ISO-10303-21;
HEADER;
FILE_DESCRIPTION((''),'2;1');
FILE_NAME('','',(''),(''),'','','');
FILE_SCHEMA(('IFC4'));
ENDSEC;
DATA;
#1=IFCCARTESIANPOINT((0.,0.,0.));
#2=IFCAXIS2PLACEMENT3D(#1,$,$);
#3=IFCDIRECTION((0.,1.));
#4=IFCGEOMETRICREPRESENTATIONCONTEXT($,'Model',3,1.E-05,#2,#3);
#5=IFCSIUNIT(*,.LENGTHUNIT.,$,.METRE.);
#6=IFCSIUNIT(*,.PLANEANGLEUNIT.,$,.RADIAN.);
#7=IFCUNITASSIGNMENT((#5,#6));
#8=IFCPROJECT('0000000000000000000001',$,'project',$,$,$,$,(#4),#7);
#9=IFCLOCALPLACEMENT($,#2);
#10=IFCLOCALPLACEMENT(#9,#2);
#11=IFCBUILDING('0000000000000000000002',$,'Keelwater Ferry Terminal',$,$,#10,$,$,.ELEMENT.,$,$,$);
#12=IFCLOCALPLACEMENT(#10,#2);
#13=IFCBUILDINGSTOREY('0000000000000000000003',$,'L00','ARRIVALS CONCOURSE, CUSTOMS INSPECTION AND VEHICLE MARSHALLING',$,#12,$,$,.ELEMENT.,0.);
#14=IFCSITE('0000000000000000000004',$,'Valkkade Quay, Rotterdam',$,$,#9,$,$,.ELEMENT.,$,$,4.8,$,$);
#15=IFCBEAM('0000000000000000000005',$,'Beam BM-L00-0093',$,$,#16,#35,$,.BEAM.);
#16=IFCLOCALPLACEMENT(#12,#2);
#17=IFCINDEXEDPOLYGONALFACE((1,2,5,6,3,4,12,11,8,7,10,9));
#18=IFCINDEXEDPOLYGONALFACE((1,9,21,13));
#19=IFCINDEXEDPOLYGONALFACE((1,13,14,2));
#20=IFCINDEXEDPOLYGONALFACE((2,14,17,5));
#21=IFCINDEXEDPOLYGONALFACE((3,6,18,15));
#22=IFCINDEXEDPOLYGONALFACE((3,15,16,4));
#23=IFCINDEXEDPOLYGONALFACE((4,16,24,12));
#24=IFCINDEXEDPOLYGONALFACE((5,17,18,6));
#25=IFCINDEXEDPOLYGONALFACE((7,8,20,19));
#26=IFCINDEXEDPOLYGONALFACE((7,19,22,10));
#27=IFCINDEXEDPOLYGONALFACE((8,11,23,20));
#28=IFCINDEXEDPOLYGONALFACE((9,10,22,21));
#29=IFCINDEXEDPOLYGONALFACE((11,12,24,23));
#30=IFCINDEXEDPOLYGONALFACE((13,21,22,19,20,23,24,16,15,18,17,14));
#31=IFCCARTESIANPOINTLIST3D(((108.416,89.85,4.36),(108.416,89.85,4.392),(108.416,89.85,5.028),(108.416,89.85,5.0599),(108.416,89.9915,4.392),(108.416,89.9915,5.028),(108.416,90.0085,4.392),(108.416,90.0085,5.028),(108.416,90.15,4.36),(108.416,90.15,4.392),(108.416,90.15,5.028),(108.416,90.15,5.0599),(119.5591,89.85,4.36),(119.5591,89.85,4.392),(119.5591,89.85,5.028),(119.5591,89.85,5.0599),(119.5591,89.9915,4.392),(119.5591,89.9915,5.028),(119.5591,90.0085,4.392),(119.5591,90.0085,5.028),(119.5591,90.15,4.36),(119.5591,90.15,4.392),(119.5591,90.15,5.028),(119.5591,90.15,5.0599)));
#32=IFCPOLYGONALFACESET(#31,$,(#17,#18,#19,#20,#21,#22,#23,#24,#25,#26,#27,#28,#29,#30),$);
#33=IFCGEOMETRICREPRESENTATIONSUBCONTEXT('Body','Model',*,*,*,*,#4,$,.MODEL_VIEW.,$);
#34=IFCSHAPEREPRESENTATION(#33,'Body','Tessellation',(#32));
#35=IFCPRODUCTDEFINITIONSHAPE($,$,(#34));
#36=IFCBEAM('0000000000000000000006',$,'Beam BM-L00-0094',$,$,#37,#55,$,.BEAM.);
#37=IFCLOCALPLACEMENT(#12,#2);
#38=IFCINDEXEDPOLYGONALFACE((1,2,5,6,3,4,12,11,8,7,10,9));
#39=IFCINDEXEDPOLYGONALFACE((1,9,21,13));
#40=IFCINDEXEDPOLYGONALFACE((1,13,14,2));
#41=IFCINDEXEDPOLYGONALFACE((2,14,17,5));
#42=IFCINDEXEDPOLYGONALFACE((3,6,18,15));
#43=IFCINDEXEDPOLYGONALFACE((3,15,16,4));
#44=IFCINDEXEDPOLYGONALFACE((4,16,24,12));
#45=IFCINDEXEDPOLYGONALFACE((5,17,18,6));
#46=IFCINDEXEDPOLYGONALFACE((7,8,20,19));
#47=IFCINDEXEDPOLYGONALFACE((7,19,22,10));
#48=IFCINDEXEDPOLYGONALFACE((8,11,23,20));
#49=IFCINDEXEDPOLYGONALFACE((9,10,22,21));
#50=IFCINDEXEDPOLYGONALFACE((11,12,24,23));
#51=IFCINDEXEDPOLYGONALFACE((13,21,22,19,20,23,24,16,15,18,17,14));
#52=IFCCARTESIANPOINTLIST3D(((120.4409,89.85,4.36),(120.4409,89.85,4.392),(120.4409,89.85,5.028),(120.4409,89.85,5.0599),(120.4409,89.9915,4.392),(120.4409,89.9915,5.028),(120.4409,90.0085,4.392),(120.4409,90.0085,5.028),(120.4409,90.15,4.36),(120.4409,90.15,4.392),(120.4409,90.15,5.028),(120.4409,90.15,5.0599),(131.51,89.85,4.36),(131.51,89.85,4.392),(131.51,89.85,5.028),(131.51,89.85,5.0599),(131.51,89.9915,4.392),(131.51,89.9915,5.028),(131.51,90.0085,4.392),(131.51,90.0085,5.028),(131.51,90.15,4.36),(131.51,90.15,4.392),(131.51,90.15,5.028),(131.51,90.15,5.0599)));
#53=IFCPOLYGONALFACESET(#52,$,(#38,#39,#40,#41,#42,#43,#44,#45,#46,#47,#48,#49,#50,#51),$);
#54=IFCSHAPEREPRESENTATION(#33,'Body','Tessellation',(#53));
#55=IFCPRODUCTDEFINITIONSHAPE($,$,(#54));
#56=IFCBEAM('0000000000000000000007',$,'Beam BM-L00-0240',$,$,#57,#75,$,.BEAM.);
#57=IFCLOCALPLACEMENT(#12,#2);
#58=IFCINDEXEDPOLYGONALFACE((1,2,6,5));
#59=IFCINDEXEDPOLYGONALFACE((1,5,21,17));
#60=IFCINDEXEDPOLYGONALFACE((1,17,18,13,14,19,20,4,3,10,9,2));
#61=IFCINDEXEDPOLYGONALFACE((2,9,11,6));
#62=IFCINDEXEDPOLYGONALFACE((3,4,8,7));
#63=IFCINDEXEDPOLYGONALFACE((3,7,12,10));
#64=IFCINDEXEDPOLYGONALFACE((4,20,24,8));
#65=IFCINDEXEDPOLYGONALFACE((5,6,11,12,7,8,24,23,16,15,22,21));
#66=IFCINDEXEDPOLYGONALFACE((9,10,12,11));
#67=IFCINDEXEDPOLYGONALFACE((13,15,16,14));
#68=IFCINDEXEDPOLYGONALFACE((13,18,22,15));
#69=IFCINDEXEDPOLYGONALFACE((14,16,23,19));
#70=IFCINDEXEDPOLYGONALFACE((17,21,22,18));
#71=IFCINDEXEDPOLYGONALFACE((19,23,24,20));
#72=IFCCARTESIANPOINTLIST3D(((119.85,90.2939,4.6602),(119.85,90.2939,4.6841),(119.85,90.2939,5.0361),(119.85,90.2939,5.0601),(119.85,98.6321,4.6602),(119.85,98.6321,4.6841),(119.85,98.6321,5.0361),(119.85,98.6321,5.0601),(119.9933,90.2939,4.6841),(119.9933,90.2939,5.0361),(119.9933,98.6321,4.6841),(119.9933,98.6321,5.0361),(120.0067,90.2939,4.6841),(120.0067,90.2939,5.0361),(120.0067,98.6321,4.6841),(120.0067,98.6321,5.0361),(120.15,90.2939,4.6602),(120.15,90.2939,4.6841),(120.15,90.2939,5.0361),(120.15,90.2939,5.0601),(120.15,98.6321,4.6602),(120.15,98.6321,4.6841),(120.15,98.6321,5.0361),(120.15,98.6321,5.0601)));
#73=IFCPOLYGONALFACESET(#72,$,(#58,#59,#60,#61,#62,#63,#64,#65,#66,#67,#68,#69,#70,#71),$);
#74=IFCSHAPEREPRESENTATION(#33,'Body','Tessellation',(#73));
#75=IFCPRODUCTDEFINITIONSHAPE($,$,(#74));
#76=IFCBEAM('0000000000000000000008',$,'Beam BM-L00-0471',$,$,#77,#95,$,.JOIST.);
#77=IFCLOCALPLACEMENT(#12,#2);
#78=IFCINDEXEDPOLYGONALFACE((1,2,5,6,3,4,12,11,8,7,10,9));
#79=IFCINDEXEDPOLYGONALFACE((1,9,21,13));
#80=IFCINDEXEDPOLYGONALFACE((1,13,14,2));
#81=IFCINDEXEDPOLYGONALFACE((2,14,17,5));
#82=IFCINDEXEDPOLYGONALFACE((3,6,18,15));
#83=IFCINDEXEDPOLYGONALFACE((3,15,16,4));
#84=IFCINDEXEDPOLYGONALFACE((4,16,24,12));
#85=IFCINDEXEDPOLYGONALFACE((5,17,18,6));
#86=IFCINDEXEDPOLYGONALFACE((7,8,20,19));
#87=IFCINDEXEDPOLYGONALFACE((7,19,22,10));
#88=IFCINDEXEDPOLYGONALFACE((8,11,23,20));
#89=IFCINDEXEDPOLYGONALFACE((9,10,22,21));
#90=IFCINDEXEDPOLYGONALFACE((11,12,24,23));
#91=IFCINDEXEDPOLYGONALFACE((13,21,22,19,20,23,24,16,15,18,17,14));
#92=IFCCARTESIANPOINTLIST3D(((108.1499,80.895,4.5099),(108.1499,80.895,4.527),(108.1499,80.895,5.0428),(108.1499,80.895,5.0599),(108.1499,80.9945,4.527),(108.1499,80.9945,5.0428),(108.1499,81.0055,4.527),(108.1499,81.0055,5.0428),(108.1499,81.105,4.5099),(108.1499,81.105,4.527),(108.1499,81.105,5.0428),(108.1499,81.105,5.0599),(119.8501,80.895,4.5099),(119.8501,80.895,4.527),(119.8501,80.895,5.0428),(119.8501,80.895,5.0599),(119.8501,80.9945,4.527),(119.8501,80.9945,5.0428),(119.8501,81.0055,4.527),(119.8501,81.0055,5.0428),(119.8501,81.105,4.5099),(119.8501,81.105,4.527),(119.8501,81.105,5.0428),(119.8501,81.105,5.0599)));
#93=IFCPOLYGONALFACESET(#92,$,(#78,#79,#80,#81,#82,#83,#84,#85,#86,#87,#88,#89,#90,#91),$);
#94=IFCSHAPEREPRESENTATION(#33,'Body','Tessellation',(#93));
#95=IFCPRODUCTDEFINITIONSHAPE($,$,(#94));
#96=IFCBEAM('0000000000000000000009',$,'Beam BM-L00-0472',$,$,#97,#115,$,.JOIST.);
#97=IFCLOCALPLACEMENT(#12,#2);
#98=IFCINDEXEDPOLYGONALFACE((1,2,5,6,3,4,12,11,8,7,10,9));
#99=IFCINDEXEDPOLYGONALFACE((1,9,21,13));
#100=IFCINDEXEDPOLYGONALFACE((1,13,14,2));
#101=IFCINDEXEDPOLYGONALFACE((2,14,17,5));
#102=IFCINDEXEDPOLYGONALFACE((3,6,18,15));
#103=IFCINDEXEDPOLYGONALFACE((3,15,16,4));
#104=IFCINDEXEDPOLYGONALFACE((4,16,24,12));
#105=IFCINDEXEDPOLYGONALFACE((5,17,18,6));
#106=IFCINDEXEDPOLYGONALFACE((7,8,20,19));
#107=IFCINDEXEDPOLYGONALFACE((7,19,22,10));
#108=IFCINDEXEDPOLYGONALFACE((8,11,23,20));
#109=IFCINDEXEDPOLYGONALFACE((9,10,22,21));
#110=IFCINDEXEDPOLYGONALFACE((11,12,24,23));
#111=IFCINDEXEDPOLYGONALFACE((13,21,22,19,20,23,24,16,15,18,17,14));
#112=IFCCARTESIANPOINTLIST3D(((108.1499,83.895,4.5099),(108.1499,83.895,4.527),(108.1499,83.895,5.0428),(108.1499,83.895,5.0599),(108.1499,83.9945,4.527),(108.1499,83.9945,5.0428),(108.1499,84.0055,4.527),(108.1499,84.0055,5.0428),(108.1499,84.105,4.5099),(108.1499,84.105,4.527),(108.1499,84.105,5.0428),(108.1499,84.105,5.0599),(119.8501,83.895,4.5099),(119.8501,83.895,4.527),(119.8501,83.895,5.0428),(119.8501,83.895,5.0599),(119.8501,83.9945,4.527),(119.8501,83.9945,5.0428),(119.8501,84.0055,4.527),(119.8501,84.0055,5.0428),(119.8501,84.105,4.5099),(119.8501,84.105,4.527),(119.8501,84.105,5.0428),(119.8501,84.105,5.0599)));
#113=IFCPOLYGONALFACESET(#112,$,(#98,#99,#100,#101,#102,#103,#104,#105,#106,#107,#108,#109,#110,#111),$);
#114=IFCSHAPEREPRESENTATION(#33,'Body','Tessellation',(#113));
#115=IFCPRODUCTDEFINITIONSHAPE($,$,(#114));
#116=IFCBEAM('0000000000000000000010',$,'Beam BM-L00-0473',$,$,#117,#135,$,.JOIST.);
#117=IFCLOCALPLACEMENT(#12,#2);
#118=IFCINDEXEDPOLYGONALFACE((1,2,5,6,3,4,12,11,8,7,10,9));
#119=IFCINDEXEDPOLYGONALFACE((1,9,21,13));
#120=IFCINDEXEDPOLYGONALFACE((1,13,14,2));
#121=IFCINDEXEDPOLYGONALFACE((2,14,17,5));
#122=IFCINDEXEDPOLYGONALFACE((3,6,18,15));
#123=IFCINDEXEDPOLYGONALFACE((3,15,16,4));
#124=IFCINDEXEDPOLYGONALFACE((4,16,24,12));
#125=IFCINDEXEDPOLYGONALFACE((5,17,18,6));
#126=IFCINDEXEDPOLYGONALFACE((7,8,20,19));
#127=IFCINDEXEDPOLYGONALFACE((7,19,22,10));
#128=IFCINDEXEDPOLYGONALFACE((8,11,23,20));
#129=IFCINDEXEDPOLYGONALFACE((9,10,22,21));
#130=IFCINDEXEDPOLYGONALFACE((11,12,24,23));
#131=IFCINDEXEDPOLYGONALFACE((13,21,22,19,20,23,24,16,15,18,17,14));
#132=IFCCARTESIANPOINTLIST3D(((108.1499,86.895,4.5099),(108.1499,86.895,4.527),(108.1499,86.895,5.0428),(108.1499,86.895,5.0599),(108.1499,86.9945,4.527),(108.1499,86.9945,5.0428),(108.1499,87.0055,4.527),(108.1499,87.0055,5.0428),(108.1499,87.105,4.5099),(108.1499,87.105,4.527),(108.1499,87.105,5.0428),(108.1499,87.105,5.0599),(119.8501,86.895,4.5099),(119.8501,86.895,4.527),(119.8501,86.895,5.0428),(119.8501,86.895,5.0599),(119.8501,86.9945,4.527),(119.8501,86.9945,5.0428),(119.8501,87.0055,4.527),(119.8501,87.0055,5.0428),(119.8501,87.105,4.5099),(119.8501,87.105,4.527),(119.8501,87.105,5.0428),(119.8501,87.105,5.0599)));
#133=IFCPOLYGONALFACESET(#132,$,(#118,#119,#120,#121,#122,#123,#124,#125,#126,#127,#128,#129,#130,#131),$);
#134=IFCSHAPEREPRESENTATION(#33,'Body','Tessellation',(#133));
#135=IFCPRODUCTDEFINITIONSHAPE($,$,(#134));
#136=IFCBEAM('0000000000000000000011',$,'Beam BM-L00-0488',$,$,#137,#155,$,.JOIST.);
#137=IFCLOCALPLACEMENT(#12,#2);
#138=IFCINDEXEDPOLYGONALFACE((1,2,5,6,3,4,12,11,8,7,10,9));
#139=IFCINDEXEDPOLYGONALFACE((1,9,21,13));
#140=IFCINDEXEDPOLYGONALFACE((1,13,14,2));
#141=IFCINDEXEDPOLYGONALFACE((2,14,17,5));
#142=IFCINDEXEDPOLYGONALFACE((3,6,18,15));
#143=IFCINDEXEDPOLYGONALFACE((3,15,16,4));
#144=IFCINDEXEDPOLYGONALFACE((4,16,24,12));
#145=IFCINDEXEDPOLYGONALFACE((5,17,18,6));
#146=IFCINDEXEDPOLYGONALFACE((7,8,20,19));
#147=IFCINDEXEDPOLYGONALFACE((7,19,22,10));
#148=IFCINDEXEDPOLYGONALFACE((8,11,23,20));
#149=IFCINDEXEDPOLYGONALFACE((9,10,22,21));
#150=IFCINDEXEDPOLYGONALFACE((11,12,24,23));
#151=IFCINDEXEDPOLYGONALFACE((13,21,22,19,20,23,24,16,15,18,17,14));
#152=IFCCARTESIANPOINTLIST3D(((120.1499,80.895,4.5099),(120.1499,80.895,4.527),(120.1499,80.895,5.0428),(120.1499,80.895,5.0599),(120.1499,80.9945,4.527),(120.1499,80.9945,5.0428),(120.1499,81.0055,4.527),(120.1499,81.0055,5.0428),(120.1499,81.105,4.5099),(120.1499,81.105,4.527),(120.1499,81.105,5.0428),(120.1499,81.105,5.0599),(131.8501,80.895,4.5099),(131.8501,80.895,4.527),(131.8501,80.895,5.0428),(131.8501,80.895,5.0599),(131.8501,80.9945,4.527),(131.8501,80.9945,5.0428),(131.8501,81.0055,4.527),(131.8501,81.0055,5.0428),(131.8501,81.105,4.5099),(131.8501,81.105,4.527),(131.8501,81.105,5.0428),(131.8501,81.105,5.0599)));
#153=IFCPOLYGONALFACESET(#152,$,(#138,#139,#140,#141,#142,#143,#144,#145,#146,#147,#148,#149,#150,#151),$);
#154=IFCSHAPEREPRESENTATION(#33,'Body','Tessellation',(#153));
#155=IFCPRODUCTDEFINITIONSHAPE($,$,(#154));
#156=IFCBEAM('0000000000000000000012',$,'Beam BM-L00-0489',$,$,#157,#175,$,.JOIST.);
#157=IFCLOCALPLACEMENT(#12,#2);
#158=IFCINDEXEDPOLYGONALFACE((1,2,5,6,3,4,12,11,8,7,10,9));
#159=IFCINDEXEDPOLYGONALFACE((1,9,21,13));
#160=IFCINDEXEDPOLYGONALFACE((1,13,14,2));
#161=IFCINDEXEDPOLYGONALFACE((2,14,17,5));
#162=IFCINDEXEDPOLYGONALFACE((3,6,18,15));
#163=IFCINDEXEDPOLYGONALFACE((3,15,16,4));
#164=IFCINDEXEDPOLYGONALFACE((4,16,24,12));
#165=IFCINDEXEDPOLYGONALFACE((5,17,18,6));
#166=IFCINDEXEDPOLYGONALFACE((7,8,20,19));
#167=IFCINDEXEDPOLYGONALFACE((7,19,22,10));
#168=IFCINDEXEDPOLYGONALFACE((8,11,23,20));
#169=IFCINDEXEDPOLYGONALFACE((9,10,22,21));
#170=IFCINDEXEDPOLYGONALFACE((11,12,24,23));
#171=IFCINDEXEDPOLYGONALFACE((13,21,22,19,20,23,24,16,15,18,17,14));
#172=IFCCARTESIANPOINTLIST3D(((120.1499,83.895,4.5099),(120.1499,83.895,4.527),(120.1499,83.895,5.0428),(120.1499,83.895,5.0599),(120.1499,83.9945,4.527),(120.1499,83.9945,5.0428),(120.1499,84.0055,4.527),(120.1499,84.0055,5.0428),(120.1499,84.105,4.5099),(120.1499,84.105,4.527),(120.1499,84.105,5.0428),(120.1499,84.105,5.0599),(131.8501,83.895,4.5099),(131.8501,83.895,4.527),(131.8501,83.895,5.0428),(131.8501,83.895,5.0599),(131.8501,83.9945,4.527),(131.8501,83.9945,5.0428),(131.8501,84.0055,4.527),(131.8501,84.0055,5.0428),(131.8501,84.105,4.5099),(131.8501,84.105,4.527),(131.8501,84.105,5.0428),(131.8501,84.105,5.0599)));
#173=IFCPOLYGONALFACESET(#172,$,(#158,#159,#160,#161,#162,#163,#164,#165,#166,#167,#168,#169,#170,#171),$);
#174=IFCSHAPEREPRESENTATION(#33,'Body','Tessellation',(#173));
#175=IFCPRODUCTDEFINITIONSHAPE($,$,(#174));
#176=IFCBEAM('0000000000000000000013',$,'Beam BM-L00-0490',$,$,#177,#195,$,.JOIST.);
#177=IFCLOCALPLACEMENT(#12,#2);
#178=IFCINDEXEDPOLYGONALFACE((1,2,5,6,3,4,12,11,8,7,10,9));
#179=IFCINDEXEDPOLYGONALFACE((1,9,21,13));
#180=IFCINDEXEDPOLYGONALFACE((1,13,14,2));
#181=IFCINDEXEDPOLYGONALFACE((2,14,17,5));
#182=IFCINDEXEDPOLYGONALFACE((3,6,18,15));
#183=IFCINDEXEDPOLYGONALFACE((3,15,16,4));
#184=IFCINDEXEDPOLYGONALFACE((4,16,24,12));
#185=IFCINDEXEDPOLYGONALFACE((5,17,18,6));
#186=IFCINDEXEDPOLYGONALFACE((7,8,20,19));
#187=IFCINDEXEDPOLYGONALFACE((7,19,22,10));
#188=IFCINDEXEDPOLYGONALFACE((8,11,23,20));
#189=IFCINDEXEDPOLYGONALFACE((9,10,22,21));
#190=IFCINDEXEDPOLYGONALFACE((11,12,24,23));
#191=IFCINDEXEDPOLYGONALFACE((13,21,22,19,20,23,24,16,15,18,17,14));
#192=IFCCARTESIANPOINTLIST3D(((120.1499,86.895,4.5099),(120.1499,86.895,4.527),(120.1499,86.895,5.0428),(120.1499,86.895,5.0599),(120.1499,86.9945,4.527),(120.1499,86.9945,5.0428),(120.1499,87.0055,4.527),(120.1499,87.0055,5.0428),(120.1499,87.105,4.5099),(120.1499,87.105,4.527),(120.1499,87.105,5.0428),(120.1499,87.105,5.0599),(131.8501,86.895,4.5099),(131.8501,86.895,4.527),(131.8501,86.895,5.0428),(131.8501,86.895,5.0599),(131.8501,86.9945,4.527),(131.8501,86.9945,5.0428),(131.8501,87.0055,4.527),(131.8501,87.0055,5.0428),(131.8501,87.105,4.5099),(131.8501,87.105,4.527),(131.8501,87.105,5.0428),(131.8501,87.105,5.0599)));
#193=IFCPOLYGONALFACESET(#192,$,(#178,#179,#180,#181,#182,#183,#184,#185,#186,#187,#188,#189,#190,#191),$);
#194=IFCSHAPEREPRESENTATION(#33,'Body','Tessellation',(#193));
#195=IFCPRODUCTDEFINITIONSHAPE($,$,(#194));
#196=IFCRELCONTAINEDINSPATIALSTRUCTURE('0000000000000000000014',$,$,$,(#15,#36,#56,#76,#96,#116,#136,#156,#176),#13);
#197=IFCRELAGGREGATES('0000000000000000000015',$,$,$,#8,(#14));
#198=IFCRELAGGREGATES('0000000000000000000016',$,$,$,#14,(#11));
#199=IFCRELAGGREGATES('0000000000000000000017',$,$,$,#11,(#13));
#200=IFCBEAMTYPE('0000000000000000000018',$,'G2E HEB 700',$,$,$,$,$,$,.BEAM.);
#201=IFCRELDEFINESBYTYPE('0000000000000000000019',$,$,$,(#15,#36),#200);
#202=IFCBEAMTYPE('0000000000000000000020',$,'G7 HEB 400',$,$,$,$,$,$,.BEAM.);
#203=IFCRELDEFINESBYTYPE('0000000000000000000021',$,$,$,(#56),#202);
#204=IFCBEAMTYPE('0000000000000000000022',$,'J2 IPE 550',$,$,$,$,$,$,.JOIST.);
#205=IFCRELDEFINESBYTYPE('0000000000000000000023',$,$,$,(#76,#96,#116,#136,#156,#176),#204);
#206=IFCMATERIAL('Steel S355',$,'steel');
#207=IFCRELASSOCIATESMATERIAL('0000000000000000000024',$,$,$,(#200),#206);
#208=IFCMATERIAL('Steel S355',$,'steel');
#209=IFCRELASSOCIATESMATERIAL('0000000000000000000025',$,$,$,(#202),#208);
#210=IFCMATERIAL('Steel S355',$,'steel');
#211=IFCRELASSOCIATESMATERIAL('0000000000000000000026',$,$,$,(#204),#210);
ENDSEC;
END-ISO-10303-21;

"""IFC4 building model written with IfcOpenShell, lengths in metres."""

from ifc_helpers import new_model, si_unit, direction, frame, origin, origin_2d, place, context, subcontext, project, spatial, i_section, extrude, material, material_profile, profile_set, type_object, element, save


model = new_model("IFC4")

# Units and contexts
model_context = context("Model", 3, precision=1e-05, world=origin(), true_north=direction((0.0, 1.0)))
body_context = subcontext(model_context, "Body", "Model", "MODEL_VIEW")
ifc_project = project(units=[si_unit("LENGTHUNIT", "METRE"), si_unit("PLANEANGLEUNIT", "RADIAN")], contexts=[model_context])

# Site, building, storey
site_placement = place(None, origin())
site = spatial("IfcSite", under=ifc_project, at=site_placement, Name="Valkkade Quay, Rotterdam", CompositionType="ELEMENT", RefElevation=4.8)
building_placement = place(site_placement, origin())
building = spatial("IfcBuilding", under=site, at=building_placement, Name="Keelwater Ferry Terminal", CompositionType="ELEMENT")
storey_placement = place(building_placement, origin())
storey = spatial("IfcBuildingStorey", under=building, at=storey_placement, Name="L00", Description="ARRIVALS CONCOURSE, CUSTOMS INSPECTION AND VEHICLE MARSHALLING", CompositionType="ELEMENT", Elevation=0.0)

# Beams
ifc_material_1 = material(Name="Steel S355", Category="steel")
ifc_material_profile_1 = material_profile(ifc_material_1, i_section(OverallWidth=0.3, OverallDepth=0.7, WebThickness=0.0171, FlangeThickness=0.032, at=origin_2d()), Name="HEB 700")
ifc_profile_set_1 = profile_set([ifc_material_profile_1], Name="Steel S355")
beam_type_1 = type_object("IfcBeamType", Name="G2E HEB 700", PredefinedType="BEAM", material=ifc_profile_set_1)
beam_1_placement = place(storey_placement, frame((108.416, 90.0, 4.71), z_axis=(1.0, 0.0, 0.0), x_axis=(0.0, 1.0, 0.0)))
element("IfcBeam", 1, at=beam_1_placement, inside=storey, type_object=beam_type_1, Name="Beam BM-L00-0093", PredefinedType="BEAM", context=body_context, shape_type="SweptSolid", body=[
    extrude(i_section(OverallWidth=0.3, OverallDepth=0.7, WebThickness=0.0171, FlangeThickness=0.032, at=origin_2d()), origin(), (0.0, 0.0, 1.0), 11.1431),
])
beam_2_placement = place(storey_placement, frame((120.4409, 90.0, 4.71), z_axis=(1.0, 0.0, 0.0), x_axis=(0.0, 1.0, 0.0)))
element("IfcBeam", 2, at=beam_2_placement, inside=storey, type_object=beam_type_1, Name="Beam BM-L00-0094", PredefinedType="BEAM", context=body_context, shape_type="SweptSolid", body=[
    extrude(i_section(OverallWidth=0.3, OverallDepth=0.7, WebThickness=0.0171, FlangeThickness=0.032, at=origin_2d()), origin(), (0.0, 0.0, 1.0), 11.0691),
])
ifc_material_2 = material(Name="Steel S355", Category="steel")
ifc_material_profile_2 = material_profile(ifc_material_2, i_section(OverallWidth=0.3, OverallDepth=0.3999, WebThickness=0.0134, FlangeThickness=0.0239, at=origin_2d()), Name="HEB 400")
ifc_profile_set_2 = profile_set([ifc_material_profile_2], Name="Steel S355")
beam_type_2 = type_object("IfcBeamType", Name="G7 HEB 400", PredefinedType="BEAM", material=ifc_profile_set_2)
beam_3_placement = place(storey_placement, frame((120.0, 90.2939, 4.8601), z_axis=(0.0, 1.0, 0.0), x_axis=(-1.0, 0.0, 0.0)))
element("IfcBeam", 3, at=beam_3_placement, inside=storey, type_object=beam_type_2, Name="Beam BM-L00-0240", PredefinedType="BEAM", context=body_context, shape_type="SweptSolid", body=[
    extrude(i_section(OverallWidth=0.3, OverallDepth=0.3999, WebThickness=0.0134, FlangeThickness=0.0239, at=origin_2d()), origin(), (0.0, 0.0, 1.0), 8.3381),
])
ifc_material_3 = material(Name="Steel S355", Category="steel")
ifc_material_profile_3 = material_profile(ifc_material_3, i_section(OverallWidth=0.21, OverallDepth=0.55, WebThickness=0.011, FlangeThickness=0.0171, at=origin_2d()), Name="IPE 550")
ifc_profile_set_3 = profile_set([ifc_material_profile_3], Name="Steel S355")
beam_type_3 = type_object("IfcBeamType", Name="J2 IPE 550", PredefinedType="JOIST", material=ifc_profile_set_3)
for number, where, z_axis, x_axis, name in (
    (4, (108.1499, 81.0, 4.7849), (1.0, 0.0, 0.0), (0.0, 1.0, 0.0), "Beam BM-L00-0471"),
    (5, (108.1499, 84.0, 4.7849), (1.0, 0.0, 0.0), (0.0, 1.0, 0.0), "Beam BM-L00-0472"),
    (6, (108.1499, 87.0, 4.7849), (1.0, 0.0, 0.0), (0.0, 1.0, 0.0), "Beam BM-L00-0473"),
    (7, (120.1499, 81.0, 4.7849), (1.0, 0.0, 0.0), (0.0, 1.0, 0.0), "Beam BM-L00-0488"),
    (8, (120.1499, 84.0, 4.7849), (1.0, 0.0, 0.0), (0.0, 1.0, 0.0), "Beam BM-L00-0489"),
    (9, (120.1499, 87.0, 4.7849), (1.0, 0.0, 0.0), (0.0, 1.0, 0.0), "Beam BM-L00-0490"),
):
    element("IfcBeam", number, at=place(storey_placement, frame(where, z_axis=z_axis, x_axis=x_axis)), inside=storey, type_object=beam_type_3, Name=name, PredefinedType="JOIST", context=body_context, shape_type="SweptSolid", body=[
        extrude(i_section(OverallWidth=0.21, OverallDepth=0.55, WebThickness=0.011, FlangeThickness=0.0171, at=origin_2d()), origin(), (0.0, 0.0, 1.0), 11.7002),
    ])

save(model, "model.ifc")
